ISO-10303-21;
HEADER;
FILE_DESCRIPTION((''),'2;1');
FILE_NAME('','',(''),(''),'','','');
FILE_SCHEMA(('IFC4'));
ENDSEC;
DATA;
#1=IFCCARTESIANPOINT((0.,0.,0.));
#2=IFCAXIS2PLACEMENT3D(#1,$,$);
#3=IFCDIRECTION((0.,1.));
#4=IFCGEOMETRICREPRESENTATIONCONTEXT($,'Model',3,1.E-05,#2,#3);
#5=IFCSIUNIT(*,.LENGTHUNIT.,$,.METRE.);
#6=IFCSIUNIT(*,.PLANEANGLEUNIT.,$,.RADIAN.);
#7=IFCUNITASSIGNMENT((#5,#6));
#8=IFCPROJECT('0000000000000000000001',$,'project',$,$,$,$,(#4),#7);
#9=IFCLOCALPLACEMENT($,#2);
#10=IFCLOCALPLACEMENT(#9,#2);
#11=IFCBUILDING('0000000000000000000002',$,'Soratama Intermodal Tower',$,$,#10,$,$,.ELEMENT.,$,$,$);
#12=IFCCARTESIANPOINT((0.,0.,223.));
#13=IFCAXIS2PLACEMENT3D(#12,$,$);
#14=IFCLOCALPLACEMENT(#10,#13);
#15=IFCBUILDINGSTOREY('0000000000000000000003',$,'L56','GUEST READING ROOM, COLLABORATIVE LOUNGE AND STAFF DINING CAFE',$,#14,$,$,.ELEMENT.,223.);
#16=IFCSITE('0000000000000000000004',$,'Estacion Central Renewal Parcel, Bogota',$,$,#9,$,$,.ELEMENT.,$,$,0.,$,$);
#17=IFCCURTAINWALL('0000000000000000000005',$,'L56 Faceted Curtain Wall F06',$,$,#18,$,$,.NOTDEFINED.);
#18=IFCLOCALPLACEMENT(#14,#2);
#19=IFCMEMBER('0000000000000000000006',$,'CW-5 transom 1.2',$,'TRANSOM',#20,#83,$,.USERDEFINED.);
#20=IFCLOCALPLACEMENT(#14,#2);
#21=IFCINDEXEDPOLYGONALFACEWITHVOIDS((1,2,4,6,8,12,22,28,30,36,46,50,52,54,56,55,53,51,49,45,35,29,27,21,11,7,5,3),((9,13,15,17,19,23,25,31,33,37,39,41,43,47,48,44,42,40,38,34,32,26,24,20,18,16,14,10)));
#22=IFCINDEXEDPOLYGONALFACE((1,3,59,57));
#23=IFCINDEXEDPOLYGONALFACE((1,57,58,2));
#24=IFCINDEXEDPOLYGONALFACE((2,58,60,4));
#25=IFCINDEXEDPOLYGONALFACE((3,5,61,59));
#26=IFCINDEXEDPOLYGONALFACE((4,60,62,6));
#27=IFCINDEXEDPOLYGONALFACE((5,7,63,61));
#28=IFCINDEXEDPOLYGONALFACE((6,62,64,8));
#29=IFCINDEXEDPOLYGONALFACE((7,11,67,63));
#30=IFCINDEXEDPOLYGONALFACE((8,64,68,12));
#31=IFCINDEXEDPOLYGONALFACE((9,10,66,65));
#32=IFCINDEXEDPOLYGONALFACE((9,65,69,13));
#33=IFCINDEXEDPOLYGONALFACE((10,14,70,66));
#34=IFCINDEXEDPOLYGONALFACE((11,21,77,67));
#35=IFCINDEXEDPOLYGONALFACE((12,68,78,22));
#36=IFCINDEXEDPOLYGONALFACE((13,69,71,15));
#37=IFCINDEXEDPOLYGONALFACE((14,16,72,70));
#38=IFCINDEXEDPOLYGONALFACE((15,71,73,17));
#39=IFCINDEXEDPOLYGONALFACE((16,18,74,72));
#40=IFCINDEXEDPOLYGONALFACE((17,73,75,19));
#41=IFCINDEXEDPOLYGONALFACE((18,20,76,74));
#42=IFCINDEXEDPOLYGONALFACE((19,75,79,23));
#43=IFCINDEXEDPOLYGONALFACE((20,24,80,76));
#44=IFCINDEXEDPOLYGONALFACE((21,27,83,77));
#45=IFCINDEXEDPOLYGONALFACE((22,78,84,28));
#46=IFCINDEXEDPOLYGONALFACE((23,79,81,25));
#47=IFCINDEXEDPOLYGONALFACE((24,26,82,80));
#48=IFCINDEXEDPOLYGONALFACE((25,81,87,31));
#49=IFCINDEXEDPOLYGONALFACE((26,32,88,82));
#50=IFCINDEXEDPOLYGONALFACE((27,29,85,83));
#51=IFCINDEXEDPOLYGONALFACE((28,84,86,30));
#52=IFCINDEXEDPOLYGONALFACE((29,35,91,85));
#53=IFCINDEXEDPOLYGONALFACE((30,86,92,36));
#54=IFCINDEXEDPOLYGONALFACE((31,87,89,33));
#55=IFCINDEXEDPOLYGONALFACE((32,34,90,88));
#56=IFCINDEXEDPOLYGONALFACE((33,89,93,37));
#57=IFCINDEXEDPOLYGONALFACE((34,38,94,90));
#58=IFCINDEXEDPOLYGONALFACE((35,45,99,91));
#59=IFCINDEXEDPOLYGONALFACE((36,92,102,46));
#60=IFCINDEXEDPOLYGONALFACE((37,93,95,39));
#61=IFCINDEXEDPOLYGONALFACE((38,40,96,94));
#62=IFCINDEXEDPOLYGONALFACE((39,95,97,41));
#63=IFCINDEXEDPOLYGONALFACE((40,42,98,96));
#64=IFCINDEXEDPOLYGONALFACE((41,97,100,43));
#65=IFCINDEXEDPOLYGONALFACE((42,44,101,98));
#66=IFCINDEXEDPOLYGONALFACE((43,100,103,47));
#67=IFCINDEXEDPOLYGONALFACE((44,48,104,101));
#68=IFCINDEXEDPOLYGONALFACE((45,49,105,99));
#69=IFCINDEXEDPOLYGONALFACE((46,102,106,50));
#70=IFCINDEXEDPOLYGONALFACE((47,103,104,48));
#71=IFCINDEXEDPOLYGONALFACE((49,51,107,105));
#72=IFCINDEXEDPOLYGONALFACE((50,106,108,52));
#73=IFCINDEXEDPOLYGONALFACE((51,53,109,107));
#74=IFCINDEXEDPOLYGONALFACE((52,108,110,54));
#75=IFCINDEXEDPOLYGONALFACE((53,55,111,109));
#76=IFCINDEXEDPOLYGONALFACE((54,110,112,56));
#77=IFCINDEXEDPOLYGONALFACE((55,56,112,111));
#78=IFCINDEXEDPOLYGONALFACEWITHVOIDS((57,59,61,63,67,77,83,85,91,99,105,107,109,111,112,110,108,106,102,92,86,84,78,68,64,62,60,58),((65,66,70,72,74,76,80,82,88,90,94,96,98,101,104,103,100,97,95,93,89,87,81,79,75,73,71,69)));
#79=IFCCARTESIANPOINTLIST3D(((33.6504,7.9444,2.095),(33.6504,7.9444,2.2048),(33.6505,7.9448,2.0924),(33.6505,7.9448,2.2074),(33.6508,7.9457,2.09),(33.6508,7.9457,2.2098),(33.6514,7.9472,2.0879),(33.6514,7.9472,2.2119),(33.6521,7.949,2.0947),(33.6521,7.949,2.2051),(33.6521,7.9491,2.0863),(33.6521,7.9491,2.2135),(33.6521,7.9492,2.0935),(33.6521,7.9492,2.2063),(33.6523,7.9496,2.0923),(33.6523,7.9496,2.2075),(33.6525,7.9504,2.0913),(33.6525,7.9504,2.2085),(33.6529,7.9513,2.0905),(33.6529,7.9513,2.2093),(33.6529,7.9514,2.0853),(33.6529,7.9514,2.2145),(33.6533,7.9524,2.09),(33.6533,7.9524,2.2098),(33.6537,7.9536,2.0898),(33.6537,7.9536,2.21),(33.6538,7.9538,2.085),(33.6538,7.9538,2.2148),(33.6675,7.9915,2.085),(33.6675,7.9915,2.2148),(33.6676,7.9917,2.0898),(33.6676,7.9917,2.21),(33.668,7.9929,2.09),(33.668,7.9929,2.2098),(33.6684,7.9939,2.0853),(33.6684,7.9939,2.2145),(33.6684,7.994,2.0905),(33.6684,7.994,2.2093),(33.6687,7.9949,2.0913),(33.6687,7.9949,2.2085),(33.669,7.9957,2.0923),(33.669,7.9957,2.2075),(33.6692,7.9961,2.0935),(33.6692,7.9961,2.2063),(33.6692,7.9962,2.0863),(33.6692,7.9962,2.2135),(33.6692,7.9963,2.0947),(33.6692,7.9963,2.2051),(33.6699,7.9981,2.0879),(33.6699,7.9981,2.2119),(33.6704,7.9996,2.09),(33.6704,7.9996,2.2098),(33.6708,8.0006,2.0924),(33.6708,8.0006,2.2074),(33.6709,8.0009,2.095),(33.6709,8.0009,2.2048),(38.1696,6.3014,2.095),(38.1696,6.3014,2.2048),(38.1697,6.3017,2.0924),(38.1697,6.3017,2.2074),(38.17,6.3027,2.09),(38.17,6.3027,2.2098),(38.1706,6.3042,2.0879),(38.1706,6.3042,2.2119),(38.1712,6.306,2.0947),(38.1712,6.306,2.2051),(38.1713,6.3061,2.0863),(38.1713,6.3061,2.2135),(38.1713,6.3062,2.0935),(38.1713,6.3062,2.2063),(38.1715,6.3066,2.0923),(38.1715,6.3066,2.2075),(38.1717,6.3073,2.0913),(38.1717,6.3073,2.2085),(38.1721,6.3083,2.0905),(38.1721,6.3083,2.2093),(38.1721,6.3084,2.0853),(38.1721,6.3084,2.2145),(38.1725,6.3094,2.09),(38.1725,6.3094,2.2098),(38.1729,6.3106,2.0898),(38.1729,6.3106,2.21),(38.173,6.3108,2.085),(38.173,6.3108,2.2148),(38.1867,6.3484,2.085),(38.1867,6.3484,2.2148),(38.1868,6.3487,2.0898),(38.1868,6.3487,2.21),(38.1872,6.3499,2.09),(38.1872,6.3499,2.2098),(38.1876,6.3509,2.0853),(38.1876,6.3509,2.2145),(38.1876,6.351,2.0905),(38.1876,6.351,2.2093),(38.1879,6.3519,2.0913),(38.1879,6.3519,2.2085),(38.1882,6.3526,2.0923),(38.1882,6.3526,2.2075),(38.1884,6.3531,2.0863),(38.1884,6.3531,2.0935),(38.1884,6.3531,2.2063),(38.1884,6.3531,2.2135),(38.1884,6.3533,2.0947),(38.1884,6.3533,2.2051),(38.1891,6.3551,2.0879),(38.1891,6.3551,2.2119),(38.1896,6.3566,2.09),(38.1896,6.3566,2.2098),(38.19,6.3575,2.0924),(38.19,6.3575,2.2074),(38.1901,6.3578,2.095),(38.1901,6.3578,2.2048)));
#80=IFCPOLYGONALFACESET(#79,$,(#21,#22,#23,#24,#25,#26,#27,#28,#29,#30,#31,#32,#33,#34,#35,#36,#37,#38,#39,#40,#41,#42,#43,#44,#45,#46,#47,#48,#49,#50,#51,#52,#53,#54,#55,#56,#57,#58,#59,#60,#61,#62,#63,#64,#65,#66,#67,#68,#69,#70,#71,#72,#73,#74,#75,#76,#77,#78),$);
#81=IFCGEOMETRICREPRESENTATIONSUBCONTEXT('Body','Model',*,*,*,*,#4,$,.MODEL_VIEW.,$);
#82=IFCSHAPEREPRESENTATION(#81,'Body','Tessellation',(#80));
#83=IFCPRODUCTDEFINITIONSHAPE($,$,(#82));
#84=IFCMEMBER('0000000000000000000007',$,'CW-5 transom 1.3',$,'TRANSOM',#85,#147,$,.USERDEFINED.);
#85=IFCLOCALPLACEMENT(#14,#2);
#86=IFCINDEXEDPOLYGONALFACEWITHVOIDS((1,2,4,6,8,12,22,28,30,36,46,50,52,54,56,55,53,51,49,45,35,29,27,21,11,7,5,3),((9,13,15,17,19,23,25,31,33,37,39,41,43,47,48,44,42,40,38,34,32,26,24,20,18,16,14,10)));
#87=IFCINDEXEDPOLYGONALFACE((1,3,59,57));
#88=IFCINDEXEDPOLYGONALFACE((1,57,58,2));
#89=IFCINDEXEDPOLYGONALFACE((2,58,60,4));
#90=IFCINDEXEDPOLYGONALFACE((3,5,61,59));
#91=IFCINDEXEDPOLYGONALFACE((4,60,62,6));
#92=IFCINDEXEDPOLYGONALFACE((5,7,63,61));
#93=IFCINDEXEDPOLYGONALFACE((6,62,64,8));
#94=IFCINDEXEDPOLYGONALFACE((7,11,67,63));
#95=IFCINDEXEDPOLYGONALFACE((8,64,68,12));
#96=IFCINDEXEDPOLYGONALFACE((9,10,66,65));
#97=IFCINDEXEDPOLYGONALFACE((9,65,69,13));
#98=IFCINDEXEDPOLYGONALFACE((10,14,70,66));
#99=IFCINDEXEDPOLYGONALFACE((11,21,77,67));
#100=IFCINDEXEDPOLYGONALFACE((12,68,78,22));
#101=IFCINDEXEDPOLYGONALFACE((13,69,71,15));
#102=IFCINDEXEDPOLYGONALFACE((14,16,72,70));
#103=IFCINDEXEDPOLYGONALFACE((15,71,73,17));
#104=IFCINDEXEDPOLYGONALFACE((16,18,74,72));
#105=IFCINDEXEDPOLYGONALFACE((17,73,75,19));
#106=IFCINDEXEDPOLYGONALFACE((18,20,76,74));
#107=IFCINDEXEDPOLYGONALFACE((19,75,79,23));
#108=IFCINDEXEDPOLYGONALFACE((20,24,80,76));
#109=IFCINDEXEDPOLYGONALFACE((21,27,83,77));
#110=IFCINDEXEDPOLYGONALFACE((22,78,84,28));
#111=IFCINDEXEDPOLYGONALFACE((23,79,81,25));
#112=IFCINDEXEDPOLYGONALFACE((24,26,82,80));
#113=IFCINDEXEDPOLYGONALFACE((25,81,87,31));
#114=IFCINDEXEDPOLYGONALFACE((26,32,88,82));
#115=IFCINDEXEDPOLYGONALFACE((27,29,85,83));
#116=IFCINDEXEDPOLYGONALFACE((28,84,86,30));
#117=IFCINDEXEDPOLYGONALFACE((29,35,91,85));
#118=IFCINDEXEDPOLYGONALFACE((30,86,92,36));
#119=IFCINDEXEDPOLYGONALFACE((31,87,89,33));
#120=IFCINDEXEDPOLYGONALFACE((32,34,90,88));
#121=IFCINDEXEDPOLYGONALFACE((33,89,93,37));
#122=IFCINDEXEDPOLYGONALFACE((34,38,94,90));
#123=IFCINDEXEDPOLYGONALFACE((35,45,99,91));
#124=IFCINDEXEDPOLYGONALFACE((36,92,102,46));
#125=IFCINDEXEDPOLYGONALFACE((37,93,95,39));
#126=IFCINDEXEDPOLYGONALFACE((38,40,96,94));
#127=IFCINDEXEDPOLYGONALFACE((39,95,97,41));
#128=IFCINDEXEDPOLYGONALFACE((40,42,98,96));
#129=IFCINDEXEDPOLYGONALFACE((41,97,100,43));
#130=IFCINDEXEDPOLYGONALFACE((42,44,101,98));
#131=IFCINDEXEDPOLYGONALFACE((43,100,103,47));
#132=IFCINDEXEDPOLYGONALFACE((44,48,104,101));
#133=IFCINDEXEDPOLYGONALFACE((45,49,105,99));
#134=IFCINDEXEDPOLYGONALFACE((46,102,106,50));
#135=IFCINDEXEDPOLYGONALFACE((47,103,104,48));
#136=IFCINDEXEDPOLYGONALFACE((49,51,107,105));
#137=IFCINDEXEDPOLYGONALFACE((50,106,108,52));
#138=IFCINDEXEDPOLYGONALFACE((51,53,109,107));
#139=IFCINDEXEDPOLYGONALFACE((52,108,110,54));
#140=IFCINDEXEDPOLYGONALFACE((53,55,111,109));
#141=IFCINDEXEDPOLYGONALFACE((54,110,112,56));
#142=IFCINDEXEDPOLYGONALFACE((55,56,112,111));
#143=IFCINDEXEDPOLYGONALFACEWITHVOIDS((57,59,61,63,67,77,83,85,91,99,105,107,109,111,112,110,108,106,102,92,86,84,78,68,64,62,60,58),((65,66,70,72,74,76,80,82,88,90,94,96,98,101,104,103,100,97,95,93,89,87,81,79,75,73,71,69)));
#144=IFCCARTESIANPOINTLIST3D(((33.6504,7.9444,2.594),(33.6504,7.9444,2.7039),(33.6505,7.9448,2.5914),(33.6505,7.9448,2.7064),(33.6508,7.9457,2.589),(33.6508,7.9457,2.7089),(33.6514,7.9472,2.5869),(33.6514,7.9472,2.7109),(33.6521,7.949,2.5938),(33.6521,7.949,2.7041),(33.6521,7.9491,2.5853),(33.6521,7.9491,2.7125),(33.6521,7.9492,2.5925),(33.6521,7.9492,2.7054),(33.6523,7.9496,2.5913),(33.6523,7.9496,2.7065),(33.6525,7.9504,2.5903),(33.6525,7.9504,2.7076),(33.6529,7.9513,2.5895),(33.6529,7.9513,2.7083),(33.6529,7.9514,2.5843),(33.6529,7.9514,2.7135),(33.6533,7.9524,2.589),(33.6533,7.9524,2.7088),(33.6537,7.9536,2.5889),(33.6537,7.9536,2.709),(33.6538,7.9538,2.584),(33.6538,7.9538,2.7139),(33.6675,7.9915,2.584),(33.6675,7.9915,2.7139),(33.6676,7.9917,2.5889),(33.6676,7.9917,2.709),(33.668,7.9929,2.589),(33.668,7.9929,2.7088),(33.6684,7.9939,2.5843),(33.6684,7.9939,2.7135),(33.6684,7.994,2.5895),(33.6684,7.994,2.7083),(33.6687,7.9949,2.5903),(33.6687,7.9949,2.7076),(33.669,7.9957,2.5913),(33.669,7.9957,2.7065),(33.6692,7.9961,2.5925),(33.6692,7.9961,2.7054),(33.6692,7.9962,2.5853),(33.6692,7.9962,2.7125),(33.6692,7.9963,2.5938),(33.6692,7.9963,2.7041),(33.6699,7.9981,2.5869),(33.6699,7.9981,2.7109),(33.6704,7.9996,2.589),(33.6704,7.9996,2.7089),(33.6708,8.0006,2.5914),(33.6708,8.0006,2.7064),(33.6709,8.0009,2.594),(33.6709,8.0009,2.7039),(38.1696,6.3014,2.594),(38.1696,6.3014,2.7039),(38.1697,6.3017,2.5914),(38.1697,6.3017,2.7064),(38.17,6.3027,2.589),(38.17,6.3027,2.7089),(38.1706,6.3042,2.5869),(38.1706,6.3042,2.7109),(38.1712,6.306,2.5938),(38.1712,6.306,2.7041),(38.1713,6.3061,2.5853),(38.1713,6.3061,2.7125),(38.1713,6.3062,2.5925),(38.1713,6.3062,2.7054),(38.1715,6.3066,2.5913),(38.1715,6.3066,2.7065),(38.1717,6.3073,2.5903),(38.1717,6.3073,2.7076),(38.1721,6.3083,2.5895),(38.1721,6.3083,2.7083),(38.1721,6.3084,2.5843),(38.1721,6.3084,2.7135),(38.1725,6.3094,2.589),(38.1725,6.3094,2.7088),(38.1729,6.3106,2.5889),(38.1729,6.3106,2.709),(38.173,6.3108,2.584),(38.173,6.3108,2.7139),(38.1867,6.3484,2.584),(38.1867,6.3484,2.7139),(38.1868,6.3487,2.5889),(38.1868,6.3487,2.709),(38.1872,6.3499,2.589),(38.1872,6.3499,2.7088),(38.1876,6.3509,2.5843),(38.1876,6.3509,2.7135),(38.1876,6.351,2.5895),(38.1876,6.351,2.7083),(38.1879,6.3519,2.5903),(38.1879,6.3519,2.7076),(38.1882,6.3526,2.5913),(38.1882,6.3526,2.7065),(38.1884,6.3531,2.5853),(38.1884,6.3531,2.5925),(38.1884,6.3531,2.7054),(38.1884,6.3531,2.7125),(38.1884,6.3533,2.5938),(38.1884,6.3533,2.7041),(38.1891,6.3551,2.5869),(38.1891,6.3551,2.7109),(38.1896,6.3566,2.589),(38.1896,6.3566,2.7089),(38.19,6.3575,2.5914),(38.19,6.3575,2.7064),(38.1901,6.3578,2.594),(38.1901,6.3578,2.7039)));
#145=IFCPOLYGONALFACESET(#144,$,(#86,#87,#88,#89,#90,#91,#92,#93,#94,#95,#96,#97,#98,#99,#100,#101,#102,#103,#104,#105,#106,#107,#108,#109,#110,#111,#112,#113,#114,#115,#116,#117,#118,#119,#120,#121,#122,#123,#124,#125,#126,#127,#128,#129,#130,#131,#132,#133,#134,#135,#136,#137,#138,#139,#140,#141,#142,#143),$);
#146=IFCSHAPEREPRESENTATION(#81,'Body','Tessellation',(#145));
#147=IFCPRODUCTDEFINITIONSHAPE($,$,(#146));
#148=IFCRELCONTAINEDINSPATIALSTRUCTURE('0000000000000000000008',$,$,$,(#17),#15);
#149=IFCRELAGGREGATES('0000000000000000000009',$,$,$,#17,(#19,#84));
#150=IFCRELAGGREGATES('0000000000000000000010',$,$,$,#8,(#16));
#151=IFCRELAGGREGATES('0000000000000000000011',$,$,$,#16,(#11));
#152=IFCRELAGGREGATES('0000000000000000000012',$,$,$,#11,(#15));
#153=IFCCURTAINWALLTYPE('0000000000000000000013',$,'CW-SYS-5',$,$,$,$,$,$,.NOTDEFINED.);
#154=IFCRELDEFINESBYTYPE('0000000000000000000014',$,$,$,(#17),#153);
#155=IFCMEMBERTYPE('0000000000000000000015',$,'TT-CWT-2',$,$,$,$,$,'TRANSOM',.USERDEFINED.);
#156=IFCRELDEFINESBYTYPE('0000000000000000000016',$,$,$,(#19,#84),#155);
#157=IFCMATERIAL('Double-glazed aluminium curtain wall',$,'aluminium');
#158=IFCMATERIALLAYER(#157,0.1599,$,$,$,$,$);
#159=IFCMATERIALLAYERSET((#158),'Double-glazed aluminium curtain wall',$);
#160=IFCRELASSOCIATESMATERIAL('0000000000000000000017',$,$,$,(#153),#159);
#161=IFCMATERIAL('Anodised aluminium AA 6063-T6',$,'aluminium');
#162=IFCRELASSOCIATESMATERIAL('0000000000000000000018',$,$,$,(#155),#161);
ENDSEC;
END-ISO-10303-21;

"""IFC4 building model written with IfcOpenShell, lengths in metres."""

from ifc_helpers import new_model, si_unit, direction, frame, origin, origin_2d, place, context, subcontext, project, spatial, hollow_rectangle, extrude, material, layer, layer_set, material_profile, profile_set, type_object, element, aggregate, save


model = new_model("IFC4")

# Units and contexts
model_context = context("Model", 3, precision=1e-05, world=origin(), true_north=direction((0.0, 1.0)))
body_context = subcontext(model_context, "Body", "Model", "MODEL_VIEW")
ifc_project = project(units=[si_unit("LENGTHUNIT", "METRE"), si_unit("PLANEANGLEUNIT", "RADIAN")], contexts=[model_context])

# Site, building, storey
site_placement = place(None, origin())
site = spatial("IfcSite", under=ifc_project, at=site_placement, Name="Estacion Central Renewal Parcel, Bogota", CompositionType="ELEMENT", RefElevation=0.0)
building_placement = place(site_placement, origin())
building = spatial("IfcBuilding", under=site, at=building_placement, Name="Soratama Intermodal Tower", CompositionType="ELEMENT")
storey_placement = place(building_placement, frame((0.0, 0.0, 223.0)))
storey = spatial("IfcBuildingStorey", under=building, at=storey_placement, Name="L56", Description="GUEST READING ROOM, COLLABORATIVE LOUNGE AND STAFF DINING CAFE", CompositionType="ELEMENT", Elevation=223.0)

# Curtain wall, members
ifc_material_1 = material(Name="Double-glazed aluminium curtain wall", Category="aluminium")
ifc_layer_1 = layer(ifc_material_1, 0.1599)
ifc_layer_set_1 = layer_set([ifc_layer_1], Name="Double-glazed aluminium curtain wall")
curtain_wall_type = type_object("IfcCurtainWallType", Name="CW-SYS-5", PredefinedType="NOTDEFINED", material=ifc_layer_set_1)
curtain_wall_placement = place(storey_placement, origin())
curtain_wall = element("IfcCurtainWall", 1, at=curtain_wall_placement, inside=storey, type_object=curtain_wall_type, Name="L56 Faceted Curtain Wall F06", PredefinedType="NOTDEFINED")
ifc_material_2 = material(Name="Anodised aluminium AA 6063-T6", Category="aluminium")
ifc_material_profile_1 = material_profile(ifc_material_2, hollow_rectangle(XDim=0.0601, YDim=0.1299, WallThickness=0.0049, InnerFilletRadius=0.0049, OuterFilletRadius=0.01, at=origin_2d()), Name="CWT130X60X5")
ifc_profile_set_1 = profile_set([ifc_material_profile_1], Name="Anodised aluminium AA 6063-T6")
member_type_1 = type_object("IfcMemberType", Name="TT-CWT-2", ElementType="TRANSOM", PredefinedType="USERDEFINED", material=ifc_profile_set_1)
member_1_placement = place(storey_placement, frame((33.6606, 7.9727, 2.1499), z_axis=(0.939814, -0.341686, 0.0), x_axis=(0.341686, 0.939814, 0.0)))
member_1 = element("IfcMember", 2, at=member_1_placement, type_object=member_type_1, Name="CW-5 transom 1.2", ObjectType="TRANSOM", PredefinedType="USERDEFINED", context=body_context, shape_type="SweptSolid", body=[
    extrude(hollow_rectangle(XDim=0.0601, YDim=0.1299, WallThickness=0.0049, InnerFilletRadius=0.0049, OuterFilletRadius=0.01, at=origin_2d()), origin(), (0.0, 0.0, 1.0), 4.8086),
])
member_2_placement = place(storey_placement, frame((33.6606, 7.9727, 2.6489), z_axis=(0.939814, -0.341686, 0.0), x_axis=(0.341686, 0.939814, 0.0)))
member_2 = element("IfcMember", 3, at=member_2_placement, type_object=member_type_1, Name="CW-5 transom 1.3", ObjectType="TRANSOM", PredefinedType="USERDEFINED", context=body_context, shape_type="SweptSolid", body=[
    extrude(hollow_rectangle(XDim=0.0601, YDim=0.1299, WallThickness=0.0049, InnerFilletRadius=0.0049, OuterFilletRadius=0.01, at=origin_2d()), origin(), (0.0, 0.0, 1.0), 4.8086),
])
aggregate(curtain_wall, [member_1, member_2])

save(model, "model.ifc")
